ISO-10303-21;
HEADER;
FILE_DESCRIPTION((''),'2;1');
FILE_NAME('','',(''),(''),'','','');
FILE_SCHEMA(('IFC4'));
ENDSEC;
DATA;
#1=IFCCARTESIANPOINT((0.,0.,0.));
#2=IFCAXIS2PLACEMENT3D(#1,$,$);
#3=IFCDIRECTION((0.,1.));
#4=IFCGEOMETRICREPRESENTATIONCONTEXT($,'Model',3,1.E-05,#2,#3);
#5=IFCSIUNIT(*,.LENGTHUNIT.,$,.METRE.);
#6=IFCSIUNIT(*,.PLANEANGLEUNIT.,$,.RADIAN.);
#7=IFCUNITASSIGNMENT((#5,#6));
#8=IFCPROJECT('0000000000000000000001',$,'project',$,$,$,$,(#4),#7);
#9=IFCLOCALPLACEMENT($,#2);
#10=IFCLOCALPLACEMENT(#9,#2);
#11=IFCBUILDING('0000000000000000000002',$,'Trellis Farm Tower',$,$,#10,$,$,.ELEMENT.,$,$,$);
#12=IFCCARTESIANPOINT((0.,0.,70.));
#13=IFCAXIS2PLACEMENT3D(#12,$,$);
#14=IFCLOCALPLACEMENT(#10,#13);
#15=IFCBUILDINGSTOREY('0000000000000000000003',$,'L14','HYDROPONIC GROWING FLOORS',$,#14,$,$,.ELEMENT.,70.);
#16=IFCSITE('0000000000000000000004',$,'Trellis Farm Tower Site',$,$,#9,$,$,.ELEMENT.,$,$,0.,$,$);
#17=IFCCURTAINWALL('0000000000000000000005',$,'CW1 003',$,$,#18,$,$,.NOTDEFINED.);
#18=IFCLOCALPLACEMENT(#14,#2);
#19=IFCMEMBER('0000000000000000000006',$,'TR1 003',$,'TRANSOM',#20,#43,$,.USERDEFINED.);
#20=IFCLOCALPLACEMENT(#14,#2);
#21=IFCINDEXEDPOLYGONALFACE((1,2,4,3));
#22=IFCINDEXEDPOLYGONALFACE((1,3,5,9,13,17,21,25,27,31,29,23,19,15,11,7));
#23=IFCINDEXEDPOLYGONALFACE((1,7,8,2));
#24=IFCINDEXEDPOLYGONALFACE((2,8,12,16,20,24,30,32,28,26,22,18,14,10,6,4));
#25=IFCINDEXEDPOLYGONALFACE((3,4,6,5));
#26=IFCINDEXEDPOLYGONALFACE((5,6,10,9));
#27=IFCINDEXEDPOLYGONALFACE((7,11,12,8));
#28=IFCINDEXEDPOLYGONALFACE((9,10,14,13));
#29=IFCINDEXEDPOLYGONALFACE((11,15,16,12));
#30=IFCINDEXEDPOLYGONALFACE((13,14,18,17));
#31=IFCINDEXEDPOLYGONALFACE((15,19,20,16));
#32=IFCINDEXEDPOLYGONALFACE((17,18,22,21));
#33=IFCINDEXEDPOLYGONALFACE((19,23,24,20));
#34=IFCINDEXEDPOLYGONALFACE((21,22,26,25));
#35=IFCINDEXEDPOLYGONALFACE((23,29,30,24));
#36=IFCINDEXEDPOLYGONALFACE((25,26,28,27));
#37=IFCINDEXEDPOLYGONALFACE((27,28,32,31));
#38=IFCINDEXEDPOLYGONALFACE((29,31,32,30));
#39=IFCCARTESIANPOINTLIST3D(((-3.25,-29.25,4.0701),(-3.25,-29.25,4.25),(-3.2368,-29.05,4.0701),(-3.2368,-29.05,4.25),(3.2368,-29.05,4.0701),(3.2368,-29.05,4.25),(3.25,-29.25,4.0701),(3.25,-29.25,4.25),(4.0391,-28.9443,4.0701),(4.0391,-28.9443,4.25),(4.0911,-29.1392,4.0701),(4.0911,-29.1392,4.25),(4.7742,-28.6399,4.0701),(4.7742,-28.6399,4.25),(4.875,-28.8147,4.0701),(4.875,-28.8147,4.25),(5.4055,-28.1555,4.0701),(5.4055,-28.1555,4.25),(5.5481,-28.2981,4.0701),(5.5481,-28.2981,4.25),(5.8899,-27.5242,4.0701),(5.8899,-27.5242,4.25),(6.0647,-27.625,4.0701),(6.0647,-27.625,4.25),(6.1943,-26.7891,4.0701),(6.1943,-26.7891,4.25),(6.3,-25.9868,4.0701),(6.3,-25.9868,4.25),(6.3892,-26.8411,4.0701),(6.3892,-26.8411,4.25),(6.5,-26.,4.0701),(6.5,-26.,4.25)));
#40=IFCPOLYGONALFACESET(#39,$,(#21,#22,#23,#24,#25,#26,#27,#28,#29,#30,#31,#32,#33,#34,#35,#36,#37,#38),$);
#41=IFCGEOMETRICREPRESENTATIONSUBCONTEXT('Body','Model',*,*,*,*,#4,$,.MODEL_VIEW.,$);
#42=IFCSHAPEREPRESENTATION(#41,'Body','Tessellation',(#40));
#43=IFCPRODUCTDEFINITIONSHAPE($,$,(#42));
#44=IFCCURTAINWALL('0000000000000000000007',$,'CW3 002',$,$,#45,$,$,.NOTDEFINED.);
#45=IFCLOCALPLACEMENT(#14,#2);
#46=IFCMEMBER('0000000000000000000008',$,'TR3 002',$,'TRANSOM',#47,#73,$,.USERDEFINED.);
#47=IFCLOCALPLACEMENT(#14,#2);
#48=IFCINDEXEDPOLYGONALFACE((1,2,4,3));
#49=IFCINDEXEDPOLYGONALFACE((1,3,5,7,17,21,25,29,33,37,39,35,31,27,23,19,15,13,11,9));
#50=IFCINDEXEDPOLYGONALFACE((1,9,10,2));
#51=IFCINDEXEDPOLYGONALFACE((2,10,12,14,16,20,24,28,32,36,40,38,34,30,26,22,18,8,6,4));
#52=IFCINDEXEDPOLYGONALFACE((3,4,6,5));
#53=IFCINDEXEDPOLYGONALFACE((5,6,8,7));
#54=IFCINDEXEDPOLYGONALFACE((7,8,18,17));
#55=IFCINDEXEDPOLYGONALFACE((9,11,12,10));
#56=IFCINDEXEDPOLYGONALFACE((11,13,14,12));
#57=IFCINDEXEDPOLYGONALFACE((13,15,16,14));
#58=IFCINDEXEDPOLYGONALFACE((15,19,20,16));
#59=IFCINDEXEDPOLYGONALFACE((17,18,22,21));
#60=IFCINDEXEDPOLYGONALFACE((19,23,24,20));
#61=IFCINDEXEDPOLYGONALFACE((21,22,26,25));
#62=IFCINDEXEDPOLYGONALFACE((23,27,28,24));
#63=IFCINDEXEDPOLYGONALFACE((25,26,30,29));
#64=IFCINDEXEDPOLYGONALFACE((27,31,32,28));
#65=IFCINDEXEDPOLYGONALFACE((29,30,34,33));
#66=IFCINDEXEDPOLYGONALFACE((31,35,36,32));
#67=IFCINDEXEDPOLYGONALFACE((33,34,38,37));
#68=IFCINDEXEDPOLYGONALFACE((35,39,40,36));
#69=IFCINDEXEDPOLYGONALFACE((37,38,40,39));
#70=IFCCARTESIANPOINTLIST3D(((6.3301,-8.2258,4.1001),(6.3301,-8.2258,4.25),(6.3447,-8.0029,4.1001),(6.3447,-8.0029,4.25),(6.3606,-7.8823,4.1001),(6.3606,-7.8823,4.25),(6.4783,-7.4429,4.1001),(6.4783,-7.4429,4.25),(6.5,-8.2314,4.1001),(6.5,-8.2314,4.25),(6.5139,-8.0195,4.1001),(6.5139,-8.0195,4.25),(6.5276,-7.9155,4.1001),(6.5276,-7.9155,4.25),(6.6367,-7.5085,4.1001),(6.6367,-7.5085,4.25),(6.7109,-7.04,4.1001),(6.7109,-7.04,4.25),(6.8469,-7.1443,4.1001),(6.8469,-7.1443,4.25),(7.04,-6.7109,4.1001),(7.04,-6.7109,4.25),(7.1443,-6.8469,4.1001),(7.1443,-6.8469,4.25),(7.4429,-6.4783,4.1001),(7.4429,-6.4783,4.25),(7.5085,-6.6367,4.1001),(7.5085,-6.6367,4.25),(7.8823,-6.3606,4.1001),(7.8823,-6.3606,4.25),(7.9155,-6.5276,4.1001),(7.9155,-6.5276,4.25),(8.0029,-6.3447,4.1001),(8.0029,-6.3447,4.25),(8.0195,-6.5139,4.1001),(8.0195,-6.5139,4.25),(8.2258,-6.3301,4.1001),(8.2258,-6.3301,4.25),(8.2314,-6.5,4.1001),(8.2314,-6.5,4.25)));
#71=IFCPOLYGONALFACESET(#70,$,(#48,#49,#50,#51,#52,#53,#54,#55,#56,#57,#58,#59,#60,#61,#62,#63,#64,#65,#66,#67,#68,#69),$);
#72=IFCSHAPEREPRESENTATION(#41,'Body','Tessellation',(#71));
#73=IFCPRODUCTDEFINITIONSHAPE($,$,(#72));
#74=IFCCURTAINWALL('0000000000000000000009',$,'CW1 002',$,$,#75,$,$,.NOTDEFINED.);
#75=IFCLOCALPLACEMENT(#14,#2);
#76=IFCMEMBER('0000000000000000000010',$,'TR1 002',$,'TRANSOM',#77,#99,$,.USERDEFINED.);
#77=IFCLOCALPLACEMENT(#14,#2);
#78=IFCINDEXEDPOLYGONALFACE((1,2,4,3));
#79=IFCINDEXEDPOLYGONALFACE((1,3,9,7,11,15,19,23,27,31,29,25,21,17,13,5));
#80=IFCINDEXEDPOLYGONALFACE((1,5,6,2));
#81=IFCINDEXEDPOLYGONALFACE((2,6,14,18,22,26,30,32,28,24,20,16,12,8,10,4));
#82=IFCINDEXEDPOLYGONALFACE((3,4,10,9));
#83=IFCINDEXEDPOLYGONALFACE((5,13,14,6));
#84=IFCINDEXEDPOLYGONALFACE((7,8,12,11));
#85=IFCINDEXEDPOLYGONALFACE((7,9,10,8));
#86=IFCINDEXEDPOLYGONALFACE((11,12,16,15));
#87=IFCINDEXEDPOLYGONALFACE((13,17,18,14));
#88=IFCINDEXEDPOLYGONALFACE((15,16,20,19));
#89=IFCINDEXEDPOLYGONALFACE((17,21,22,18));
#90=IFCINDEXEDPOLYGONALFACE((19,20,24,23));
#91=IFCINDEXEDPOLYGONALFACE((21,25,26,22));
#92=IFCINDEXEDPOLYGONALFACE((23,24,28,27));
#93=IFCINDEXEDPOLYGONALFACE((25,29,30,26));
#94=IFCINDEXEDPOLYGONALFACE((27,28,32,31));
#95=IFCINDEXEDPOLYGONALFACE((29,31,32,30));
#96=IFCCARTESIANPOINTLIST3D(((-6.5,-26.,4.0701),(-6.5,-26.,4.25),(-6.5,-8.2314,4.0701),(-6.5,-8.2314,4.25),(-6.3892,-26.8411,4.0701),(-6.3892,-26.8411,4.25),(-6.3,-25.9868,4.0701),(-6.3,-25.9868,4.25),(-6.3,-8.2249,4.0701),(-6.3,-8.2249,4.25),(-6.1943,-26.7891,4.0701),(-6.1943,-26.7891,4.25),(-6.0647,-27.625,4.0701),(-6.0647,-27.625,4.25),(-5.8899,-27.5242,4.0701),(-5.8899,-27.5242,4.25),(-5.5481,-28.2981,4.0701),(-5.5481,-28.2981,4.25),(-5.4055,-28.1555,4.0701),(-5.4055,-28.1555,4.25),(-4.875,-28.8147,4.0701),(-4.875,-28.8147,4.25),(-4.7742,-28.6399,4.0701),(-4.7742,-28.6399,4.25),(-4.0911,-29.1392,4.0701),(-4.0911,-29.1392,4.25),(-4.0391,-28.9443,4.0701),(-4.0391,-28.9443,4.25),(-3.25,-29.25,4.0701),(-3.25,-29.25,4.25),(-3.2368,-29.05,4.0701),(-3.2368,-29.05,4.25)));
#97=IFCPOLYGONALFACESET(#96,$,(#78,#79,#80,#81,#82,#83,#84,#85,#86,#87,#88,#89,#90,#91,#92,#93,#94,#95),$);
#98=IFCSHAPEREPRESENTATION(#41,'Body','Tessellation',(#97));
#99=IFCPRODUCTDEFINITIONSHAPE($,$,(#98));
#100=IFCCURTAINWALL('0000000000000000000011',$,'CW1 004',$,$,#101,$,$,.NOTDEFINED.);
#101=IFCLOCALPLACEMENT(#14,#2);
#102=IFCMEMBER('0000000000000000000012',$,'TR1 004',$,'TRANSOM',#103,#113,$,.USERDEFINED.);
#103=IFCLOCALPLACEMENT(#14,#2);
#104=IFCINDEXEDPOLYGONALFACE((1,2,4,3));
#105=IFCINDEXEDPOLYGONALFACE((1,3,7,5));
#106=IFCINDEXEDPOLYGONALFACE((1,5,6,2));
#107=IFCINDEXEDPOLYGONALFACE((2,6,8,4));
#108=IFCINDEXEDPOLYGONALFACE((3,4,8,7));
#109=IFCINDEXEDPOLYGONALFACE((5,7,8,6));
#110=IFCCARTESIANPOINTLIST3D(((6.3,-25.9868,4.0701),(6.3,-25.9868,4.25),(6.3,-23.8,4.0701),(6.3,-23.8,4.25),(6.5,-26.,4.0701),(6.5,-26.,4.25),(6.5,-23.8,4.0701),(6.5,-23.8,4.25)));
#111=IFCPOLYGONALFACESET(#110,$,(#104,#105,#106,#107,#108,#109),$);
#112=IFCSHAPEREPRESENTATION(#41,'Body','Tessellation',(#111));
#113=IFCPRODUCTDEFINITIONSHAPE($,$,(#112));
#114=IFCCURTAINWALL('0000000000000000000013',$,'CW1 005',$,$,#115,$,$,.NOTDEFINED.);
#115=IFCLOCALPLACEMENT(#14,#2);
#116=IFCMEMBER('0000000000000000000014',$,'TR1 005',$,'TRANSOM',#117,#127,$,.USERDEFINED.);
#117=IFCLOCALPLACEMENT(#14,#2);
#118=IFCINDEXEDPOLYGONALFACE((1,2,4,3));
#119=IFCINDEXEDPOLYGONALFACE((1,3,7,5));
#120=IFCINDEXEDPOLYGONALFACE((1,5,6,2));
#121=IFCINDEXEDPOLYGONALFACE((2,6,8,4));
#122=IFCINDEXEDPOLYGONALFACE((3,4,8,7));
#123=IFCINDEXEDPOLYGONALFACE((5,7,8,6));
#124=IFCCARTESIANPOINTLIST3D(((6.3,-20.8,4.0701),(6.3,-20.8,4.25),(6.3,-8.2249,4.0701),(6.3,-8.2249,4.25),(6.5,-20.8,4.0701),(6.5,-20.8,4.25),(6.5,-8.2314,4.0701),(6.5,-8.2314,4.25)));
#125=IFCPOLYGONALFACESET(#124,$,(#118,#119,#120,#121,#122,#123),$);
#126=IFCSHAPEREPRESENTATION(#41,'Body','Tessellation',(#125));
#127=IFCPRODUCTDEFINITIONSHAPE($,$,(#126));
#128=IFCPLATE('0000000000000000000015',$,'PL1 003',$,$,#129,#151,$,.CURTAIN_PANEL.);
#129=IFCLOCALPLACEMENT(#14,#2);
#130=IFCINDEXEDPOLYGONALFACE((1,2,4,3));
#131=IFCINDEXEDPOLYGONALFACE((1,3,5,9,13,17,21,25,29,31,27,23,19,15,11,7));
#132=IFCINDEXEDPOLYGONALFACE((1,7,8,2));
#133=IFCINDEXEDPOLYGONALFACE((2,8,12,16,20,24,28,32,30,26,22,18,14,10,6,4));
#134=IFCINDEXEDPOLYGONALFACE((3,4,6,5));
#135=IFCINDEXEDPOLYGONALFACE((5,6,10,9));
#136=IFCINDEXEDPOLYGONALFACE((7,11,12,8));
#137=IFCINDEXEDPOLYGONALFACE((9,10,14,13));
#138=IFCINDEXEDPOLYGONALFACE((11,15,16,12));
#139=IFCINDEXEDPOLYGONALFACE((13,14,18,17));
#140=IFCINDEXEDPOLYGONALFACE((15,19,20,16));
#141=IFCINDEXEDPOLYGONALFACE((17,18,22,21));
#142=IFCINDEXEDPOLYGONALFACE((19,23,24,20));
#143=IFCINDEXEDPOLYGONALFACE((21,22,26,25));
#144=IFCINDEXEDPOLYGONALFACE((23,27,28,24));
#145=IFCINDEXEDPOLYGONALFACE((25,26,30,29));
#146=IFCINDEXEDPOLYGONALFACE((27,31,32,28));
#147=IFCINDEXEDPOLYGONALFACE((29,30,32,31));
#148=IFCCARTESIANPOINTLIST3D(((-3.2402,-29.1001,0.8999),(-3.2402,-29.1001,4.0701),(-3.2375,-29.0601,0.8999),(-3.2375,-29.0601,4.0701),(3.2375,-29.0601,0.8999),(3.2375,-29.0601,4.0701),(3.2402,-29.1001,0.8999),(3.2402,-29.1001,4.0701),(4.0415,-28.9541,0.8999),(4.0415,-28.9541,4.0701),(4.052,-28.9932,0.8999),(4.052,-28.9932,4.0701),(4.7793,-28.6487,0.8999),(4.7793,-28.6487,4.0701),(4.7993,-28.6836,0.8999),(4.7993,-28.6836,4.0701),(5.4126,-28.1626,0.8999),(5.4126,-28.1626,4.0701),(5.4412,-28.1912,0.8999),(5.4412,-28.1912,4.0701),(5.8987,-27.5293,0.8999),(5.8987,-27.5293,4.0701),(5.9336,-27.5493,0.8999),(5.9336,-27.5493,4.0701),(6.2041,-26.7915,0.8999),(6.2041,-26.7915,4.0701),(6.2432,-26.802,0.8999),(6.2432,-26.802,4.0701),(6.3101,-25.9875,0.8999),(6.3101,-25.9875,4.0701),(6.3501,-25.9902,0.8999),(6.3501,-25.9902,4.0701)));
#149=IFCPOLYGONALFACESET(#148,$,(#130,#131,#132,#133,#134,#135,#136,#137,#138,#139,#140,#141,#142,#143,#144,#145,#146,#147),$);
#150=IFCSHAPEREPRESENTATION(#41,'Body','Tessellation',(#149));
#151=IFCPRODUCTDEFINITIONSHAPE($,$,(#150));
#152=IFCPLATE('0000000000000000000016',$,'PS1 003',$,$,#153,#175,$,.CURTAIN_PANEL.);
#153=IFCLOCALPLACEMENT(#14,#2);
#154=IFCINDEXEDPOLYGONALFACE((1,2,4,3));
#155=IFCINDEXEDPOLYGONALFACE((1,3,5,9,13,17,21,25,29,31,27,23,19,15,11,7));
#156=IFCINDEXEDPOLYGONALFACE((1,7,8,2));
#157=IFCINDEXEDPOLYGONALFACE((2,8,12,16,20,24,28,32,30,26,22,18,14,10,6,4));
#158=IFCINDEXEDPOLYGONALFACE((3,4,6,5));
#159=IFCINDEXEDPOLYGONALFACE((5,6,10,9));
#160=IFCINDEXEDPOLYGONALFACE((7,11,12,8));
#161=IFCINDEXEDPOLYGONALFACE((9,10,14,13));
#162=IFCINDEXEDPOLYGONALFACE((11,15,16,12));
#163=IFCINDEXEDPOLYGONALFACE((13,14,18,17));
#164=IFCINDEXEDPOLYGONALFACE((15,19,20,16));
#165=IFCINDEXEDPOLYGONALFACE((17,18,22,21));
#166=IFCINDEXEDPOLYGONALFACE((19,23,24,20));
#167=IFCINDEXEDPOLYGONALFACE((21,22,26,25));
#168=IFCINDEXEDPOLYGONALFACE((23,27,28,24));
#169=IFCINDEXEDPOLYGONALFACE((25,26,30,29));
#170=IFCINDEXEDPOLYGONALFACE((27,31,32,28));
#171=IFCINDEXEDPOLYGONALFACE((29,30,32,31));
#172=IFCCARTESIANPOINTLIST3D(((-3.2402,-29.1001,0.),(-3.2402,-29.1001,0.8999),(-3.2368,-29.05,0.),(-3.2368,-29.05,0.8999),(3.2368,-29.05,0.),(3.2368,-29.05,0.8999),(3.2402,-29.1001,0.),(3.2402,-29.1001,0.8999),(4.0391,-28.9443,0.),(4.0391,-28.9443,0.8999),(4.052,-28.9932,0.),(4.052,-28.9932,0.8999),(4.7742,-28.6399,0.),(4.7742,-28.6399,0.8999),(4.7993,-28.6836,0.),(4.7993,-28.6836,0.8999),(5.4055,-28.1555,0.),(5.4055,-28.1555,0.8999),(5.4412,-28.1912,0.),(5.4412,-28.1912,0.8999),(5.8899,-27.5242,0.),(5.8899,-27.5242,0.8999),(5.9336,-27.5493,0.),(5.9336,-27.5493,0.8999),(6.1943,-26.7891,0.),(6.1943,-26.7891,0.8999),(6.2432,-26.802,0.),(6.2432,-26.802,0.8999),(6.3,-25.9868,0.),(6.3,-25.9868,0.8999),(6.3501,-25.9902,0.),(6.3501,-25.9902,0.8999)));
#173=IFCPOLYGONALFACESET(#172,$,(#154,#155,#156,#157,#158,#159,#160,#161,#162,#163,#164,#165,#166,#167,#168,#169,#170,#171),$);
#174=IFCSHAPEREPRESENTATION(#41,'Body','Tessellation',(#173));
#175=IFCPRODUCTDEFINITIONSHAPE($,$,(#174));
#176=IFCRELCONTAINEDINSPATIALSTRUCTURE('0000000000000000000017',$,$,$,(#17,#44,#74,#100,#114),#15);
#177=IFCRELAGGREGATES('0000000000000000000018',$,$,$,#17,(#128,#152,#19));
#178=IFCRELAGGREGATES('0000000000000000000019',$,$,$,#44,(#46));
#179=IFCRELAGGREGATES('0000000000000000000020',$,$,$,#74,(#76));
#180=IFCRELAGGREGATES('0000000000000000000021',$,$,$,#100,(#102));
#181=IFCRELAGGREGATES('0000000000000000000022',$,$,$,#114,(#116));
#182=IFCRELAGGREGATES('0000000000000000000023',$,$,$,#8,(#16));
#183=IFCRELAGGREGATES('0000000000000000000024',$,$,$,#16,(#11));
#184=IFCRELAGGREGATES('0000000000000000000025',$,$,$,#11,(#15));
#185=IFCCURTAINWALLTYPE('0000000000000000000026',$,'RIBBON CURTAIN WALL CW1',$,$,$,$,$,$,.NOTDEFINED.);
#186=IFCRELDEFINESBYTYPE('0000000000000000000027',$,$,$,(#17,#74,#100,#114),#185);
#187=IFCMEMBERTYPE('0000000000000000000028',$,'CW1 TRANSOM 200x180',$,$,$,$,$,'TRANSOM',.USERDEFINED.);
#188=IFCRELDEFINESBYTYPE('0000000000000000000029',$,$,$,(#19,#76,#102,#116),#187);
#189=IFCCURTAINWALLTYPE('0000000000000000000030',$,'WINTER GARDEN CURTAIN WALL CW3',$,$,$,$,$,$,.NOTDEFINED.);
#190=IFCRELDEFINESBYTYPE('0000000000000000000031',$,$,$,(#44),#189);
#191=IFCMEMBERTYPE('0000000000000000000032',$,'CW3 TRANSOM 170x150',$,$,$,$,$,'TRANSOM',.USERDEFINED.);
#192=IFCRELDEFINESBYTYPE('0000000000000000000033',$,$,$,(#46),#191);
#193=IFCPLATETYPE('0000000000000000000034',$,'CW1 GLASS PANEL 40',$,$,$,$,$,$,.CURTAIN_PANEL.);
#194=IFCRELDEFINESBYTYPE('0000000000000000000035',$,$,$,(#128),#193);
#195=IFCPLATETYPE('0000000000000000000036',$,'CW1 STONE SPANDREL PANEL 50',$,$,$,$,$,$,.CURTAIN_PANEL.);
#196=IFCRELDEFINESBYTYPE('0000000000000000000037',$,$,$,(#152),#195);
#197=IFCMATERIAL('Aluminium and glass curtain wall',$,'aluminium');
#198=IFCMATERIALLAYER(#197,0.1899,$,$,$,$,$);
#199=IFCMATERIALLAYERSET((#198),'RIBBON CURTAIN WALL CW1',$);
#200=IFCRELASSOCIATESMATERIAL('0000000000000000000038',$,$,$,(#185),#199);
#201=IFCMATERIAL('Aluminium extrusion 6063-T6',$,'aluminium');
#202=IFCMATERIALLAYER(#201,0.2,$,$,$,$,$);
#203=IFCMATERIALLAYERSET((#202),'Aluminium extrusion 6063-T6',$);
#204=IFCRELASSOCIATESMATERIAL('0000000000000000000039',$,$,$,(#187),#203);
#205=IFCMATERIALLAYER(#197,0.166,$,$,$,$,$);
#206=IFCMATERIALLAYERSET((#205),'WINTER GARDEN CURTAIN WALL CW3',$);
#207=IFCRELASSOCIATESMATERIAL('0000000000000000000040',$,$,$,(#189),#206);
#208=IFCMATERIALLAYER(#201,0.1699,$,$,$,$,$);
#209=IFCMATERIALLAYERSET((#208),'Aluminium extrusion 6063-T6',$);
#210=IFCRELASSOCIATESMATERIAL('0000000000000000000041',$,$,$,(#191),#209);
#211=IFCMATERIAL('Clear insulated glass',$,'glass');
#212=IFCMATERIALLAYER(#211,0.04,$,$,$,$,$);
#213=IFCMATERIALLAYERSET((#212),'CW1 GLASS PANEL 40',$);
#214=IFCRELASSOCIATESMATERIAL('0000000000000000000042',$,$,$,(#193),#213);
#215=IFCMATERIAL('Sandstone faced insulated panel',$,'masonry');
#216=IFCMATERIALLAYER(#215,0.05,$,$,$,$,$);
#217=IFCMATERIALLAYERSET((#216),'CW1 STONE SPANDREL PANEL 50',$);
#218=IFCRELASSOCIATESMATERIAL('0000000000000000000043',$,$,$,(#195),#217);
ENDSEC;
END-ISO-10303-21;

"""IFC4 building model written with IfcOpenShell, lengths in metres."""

from ifc_helpers import new_model, si_unit, direction, frame, origin, place, context, subcontext, project, spatial, polyline, outline, extrude, source, transform, mapped, material, layer, layer_set, type_object, element, aggregate, save


model = new_model("IFC4")

# Units and contexts
model_context = context("Model", 3, precision=1e-05, world=origin(), true_north=direction((0.0, 1.0)))
body_context = subcontext(model_context, "Body", "Model", "MODEL_VIEW")
ifc_project = project(units=[si_unit("LENGTHUNIT", "METRE"), si_unit("PLANEANGLEUNIT", "RADIAN")], contexts=[model_context])

# Site, building, storey
site_placement = place(None, origin())
site = spatial("IfcSite", under=ifc_project, at=site_placement, Name="Trellis Farm Tower Site", CompositionType="ELEMENT", RefElevation=0.0)
building_placement = place(site_placement, origin())
building = spatial("IfcBuilding", under=site, at=building_placement, Name="Trellis Farm Tower", CompositionType="ELEMENT")
storey_placement = place(building_placement, frame((0.0, 0.0, 70.0)))
storey = spatial("IfcBuildingStorey", under=building, at=storey_placement, Name="L14", Description="HYDROPONIC GROWING FLOORS", CompositionType="ELEMENT", Elevation=70.0)

# Curtain walls, members
ifc_material_1 = material(Name="Aluminium and glass curtain wall", Category="aluminium")
ifc_layer_1 = layer(ifc_material_1, 0.1899)
ifc_layer_set_1 = layer_set([ifc_layer_1], Name="RIBBON CURTAIN WALL CW1")
curtain_wall_type_1 = type_object("IfcCurtainWallType", Name="RIBBON CURTAIN WALL CW1", PredefinedType="NOTDEFINED", material=ifc_layer_set_1)
placement_1 = place(storey_placement, origin())
curtain_wall_1 = element("IfcCurtainWall", 1, at=placement_1, inside=storey, type_object=curtain_wall_type_1, Name="CW1 003", PredefinedType="NOTDEFINED")
ifc_material_2 = material(Name="Aluminium extrusion 6063-T6", Category="aluminium")
ifc_layer_2 = layer(ifc_material_2, 0.2)
ifc_layer_set_2 = layer_set([ifc_layer_2], Name="Aluminium extrusion 6063-T6")
member_type_1 = type_object("IfcMemberType", Name="CW1 TRANSOM 200x180", ElementType="TRANSOM", PredefinedType="USERDEFINED", material=ifc_layer_set_2)
shared_shape_1 = source(origin(), body_context, "Body", "SweptSolid", [
    extrude(outline(polyline([(-3.25, -29.25), (3.25, -29.25), (4.0911, -29.1392), (4.875, -28.8147), (5.5481, -28.2981), (6.0647, -27.625), (6.3892, -26.8411), (6.5, -26.0), (6.3, -25.9868), (6.1943, -26.7891), (5.8899, -27.5242), (5.4055, -28.1555), (4.7742, -28.6399), (4.0391, -28.9443), (3.2368, -29.05), (-3.2368, -29.05), (-3.25, -29.25)])), origin(), (0.0, 0.0, 1.0), 0.1799),
])
placement_2 = place(storey_placement, frame((0.0, 0.0, 4.0701)))
member_1 = element("IfcMember", 2, at=placement_2, type_object=member_type_1, Name="TR1 003", ObjectType="TRANSOM", PredefinedType="USERDEFINED", context=body_context, shape_type="MappedRepresentation", body=[
    mapped(shared_shape_1, transform((0.0, 0.0, 0.0))),
])
ifc_layer_3 = layer(ifc_material_1, 0.166)
ifc_layer_set_3 = layer_set([ifc_layer_3], Name="WINTER GARDEN CURTAIN WALL CW3")
curtain_wall_type_2 = type_object("IfcCurtainWallType", Name="WINTER GARDEN CURTAIN WALL CW3", PredefinedType="NOTDEFINED", material=ifc_layer_set_3)
curtain_wall_2 = element("IfcCurtainWall", 3, at=placement_1, inside=storey, type_object=curtain_wall_type_2, Name="CW3 002", PredefinedType="NOTDEFINED")
ifc_layer_4 = layer(ifc_material_2, 0.1699)
ifc_layer_set_4 = layer_set([ifc_layer_4], Name="Aluminium extrusion 6063-T6")
member_type_2 = type_object("IfcMemberType", Name="CW3 TRANSOM 170x150", ElementType="TRANSOM", PredefinedType="USERDEFINED", material=ifc_layer_set_4)
shared_shape_2 = source(origin(), body_context, "Body", "SweptSolid", [
    extrude(outline(polyline([(6.5, -8.2314), (6.5139, -8.0195), (6.5276, -7.9155), (6.6367, -7.5085), (6.8469, -7.1443), (7.1443, -6.8469), (7.5085, -6.6367), (7.9155, -6.5276), (8.0195, -6.5139), (8.2314, -6.5), (8.2258, -6.3301), (8.0029, -6.3447), (7.8823, -6.3606), (7.4429, -6.4783), (7.04, -6.7109), (6.7109, -7.04), (6.4783, -7.4429), (6.3606, -7.8823), (6.3447, -8.0029), (6.3301, -8.2258), (6.5, -8.2314)])), origin(), (0.0, 0.0, 1.0), 0.1499),
])
member_2_placement = place(storey_placement, frame((0.0, 0.0, 4.1001)))
member_2 = element("IfcMember", 4, at=member_2_placement, type_object=member_type_2, Name="TR3 002", ObjectType="TRANSOM", PredefinedType="USERDEFINED", context=body_context, shape_type="MappedRepresentation", body=[
    mapped(shared_shape_2, transform((0.0, 0.0, 0.0))),
])
curtain_wall_3 = element("IfcCurtainWall", 5, at=placement_1, inside=storey, type_object=curtain_wall_type_1, Name="CW1 002", PredefinedType="NOTDEFINED")
shared_shape_3 = source(origin(), body_context, "Body", "SweptSolid", [
    extrude(outline(polyline([(-6.5, -8.2314), (-6.5, -26.0), (-6.3892, -26.8411), (-6.0647, -27.625), (-5.5481, -28.2981), (-4.875, -28.8147), (-4.0911, -29.1392), (-3.25, -29.25), (-3.2368, -29.05), (-4.0391, -28.9443), (-4.7742, -28.6399), (-5.4055, -28.1555), (-5.8899, -27.5242), (-6.1943, -26.7891), (-6.3, -25.9868), (-6.3, -8.2249), (-6.5, -8.2314)])), origin(), (0.0, 0.0, 1.0), 0.1799),
])
member_3 = element("IfcMember", 6, at=placement_2, type_object=member_type_1, Name="TR1 002", ObjectType="TRANSOM", PredefinedType="USERDEFINED", context=body_context, shape_type="MappedRepresentation", body=[
    mapped(shared_shape_3, transform((0.0, 0.0, 0.0))),
])
curtain_wall_4 = element("IfcCurtainWall", 7, at=placement_1, inside=storey, type_object=curtain_wall_type_1, Name="CW1 004", PredefinedType="NOTDEFINED")
shared_shape_4 = source(origin(), body_context, "Body", "SweptSolid", [
    extrude(outline(polyline([(6.5, -26.0), (6.5, -23.8), (6.3, -23.8), (6.3, -25.9868), (6.5, -26.0)])), origin(), (0.0, 0.0, 1.0), 0.1799),
])
member_4 = element("IfcMember", 8, at=placement_2, type_object=member_type_1, Name="TR1 004", ObjectType="TRANSOM", PredefinedType="USERDEFINED", context=body_context, shape_type="MappedRepresentation", body=[
    mapped(shared_shape_4, transform((0.0, 0.0, 0.0))),
])
curtain_wall_5 = element("IfcCurtainWall", 9, at=placement_1, inside=storey, type_object=curtain_wall_type_1, Name="CW1 005", PredefinedType="NOTDEFINED")
shared_shape_5 = source(origin(), body_context, "Body", "SweptSolid", [
    extrude(outline(polyline([(6.5, -20.8), (6.5, -8.2314), (6.3, -8.2249), (6.3, -20.8), (6.5, -20.8)])), origin(), (0.0, 0.0, 1.0), 0.1799),
])
member_5 = element("IfcMember", 10, at=placement_2, type_object=member_type_1, Name="TR1 005", ObjectType="TRANSOM", PredefinedType="USERDEFINED", context=body_context, shape_type="MappedRepresentation", body=[
    mapped(shared_shape_5, transform((0.0, 0.0, 0.0))),
])

# Plates
ifc_material_3 = material(Name="Clear insulated glass", Category="glass")
ifc_layer_5 = layer(ifc_material_3, 0.04)
ifc_layer_set_5 = layer_set([ifc_layer_5], Name="CW1 GLASS PANEL 40")
plate_type_1 = type_object("IfcPlateType", Name="CW1 GLASS PANEL 40", PredefinedType="CURTAIN_PANEL", material=ifc_layer_set_5)
shared_shape_6 = source(origin(), body_context, "Body", "SweptSolid", [
    extrude(outline(polyline([(-3.2402, -29.1001), (3.2402, -29.1001), (4.052, -28.9932), (4.7993, -28.6836), (5.4412, -28.1912), (5.9336, -27.5493), (6.2432, -26.802), (6.3501, -25.9902), (6.3101, -25.9875), (6.2041, -26.7915), (5.8987, -27.5293), (5.4126, -28.1626), (4.7793, -28.6487), (4.0415, -28.9541), (3.2375, -29.0601), (-3.2375, -29.0601), (-3.2402, -29.1001)])), origin(), (0.0, 0.0, 1.0), 3.1702),
])
placement_3 = place(storey_placement, frame((0.0, 0.0, 0.8999)))
plate_1 = element("IfcPlate", 11, at=placement_3, type_object=plate_type_1, Name="PL1 003", PredefinedType="CURTAIN_PANEL", context=body_context, shape_type="MappedRepresentation", body=[
    mapped(shared_shape_6, transform((0.0, 0.0, 0.0))),
])
ifc_material_4 = material(Name="Sandstone faced insulated panel", Category="masonry")
ifc_layer_6 = layer(ifc_material_4, 0.05)
ifc_layer_set_6 = layer_set([ifc_layer_6], Name="CW1 STONE SPANDREL PANEL 50")
plate_type_2 = type_object("IfcPlateType", Name="CW1 STONE SPANDREL PANEL 50", PredefinedType="CURTAIN_PANEL", material=ifc_layer_set_6)
shared_shape_7 = source(origin(), body_context, "Body", "SweptSolid", [
    extrude(outline(polyline([(-3.2402, -29.1001), (3.2402, -29.1001), (4.052, -28.9932), (4.7993, -28.6836), (5.4412, -28.1912), (5.9336, -27.5493), (6.2432, -26.802), (6.3501, -25.9902), (6.3, -25.9868), (6.1943, -26.7891), (5.8899, -27.5242), (5.4055, -28.1555), (4.7742, -28.6399), (4.0391, -28.9443), (3.2368, -29.05), (-3.2368, -29.05), (-3.2402, -29.1001)])), origin(), (0.0, 0.0, 1.0), 0.8999),
])
plate_2 = element("IfcPlate", 12, at=placement_1, type_object=plate_type_2, Name="PS1 003", PredefinedType="CURTAIN_PANEL", context=body_context, shape_type="MappedRepresentation", body=[
    mapped(shared_shape_7, transform((0.0, 0.0, 0.0))),
])
aggregate(curtain_wall_1, [plate_1, plate_2, member_1])
aggregate(curtain_wall_2, [member_2])
aggregate(curtain_wall_3, [member_3])
aggregate(curtain_wall_4, [member_4])
aggregate(curtain_wall_5, [member_5])

save(model, "model.ifc")
